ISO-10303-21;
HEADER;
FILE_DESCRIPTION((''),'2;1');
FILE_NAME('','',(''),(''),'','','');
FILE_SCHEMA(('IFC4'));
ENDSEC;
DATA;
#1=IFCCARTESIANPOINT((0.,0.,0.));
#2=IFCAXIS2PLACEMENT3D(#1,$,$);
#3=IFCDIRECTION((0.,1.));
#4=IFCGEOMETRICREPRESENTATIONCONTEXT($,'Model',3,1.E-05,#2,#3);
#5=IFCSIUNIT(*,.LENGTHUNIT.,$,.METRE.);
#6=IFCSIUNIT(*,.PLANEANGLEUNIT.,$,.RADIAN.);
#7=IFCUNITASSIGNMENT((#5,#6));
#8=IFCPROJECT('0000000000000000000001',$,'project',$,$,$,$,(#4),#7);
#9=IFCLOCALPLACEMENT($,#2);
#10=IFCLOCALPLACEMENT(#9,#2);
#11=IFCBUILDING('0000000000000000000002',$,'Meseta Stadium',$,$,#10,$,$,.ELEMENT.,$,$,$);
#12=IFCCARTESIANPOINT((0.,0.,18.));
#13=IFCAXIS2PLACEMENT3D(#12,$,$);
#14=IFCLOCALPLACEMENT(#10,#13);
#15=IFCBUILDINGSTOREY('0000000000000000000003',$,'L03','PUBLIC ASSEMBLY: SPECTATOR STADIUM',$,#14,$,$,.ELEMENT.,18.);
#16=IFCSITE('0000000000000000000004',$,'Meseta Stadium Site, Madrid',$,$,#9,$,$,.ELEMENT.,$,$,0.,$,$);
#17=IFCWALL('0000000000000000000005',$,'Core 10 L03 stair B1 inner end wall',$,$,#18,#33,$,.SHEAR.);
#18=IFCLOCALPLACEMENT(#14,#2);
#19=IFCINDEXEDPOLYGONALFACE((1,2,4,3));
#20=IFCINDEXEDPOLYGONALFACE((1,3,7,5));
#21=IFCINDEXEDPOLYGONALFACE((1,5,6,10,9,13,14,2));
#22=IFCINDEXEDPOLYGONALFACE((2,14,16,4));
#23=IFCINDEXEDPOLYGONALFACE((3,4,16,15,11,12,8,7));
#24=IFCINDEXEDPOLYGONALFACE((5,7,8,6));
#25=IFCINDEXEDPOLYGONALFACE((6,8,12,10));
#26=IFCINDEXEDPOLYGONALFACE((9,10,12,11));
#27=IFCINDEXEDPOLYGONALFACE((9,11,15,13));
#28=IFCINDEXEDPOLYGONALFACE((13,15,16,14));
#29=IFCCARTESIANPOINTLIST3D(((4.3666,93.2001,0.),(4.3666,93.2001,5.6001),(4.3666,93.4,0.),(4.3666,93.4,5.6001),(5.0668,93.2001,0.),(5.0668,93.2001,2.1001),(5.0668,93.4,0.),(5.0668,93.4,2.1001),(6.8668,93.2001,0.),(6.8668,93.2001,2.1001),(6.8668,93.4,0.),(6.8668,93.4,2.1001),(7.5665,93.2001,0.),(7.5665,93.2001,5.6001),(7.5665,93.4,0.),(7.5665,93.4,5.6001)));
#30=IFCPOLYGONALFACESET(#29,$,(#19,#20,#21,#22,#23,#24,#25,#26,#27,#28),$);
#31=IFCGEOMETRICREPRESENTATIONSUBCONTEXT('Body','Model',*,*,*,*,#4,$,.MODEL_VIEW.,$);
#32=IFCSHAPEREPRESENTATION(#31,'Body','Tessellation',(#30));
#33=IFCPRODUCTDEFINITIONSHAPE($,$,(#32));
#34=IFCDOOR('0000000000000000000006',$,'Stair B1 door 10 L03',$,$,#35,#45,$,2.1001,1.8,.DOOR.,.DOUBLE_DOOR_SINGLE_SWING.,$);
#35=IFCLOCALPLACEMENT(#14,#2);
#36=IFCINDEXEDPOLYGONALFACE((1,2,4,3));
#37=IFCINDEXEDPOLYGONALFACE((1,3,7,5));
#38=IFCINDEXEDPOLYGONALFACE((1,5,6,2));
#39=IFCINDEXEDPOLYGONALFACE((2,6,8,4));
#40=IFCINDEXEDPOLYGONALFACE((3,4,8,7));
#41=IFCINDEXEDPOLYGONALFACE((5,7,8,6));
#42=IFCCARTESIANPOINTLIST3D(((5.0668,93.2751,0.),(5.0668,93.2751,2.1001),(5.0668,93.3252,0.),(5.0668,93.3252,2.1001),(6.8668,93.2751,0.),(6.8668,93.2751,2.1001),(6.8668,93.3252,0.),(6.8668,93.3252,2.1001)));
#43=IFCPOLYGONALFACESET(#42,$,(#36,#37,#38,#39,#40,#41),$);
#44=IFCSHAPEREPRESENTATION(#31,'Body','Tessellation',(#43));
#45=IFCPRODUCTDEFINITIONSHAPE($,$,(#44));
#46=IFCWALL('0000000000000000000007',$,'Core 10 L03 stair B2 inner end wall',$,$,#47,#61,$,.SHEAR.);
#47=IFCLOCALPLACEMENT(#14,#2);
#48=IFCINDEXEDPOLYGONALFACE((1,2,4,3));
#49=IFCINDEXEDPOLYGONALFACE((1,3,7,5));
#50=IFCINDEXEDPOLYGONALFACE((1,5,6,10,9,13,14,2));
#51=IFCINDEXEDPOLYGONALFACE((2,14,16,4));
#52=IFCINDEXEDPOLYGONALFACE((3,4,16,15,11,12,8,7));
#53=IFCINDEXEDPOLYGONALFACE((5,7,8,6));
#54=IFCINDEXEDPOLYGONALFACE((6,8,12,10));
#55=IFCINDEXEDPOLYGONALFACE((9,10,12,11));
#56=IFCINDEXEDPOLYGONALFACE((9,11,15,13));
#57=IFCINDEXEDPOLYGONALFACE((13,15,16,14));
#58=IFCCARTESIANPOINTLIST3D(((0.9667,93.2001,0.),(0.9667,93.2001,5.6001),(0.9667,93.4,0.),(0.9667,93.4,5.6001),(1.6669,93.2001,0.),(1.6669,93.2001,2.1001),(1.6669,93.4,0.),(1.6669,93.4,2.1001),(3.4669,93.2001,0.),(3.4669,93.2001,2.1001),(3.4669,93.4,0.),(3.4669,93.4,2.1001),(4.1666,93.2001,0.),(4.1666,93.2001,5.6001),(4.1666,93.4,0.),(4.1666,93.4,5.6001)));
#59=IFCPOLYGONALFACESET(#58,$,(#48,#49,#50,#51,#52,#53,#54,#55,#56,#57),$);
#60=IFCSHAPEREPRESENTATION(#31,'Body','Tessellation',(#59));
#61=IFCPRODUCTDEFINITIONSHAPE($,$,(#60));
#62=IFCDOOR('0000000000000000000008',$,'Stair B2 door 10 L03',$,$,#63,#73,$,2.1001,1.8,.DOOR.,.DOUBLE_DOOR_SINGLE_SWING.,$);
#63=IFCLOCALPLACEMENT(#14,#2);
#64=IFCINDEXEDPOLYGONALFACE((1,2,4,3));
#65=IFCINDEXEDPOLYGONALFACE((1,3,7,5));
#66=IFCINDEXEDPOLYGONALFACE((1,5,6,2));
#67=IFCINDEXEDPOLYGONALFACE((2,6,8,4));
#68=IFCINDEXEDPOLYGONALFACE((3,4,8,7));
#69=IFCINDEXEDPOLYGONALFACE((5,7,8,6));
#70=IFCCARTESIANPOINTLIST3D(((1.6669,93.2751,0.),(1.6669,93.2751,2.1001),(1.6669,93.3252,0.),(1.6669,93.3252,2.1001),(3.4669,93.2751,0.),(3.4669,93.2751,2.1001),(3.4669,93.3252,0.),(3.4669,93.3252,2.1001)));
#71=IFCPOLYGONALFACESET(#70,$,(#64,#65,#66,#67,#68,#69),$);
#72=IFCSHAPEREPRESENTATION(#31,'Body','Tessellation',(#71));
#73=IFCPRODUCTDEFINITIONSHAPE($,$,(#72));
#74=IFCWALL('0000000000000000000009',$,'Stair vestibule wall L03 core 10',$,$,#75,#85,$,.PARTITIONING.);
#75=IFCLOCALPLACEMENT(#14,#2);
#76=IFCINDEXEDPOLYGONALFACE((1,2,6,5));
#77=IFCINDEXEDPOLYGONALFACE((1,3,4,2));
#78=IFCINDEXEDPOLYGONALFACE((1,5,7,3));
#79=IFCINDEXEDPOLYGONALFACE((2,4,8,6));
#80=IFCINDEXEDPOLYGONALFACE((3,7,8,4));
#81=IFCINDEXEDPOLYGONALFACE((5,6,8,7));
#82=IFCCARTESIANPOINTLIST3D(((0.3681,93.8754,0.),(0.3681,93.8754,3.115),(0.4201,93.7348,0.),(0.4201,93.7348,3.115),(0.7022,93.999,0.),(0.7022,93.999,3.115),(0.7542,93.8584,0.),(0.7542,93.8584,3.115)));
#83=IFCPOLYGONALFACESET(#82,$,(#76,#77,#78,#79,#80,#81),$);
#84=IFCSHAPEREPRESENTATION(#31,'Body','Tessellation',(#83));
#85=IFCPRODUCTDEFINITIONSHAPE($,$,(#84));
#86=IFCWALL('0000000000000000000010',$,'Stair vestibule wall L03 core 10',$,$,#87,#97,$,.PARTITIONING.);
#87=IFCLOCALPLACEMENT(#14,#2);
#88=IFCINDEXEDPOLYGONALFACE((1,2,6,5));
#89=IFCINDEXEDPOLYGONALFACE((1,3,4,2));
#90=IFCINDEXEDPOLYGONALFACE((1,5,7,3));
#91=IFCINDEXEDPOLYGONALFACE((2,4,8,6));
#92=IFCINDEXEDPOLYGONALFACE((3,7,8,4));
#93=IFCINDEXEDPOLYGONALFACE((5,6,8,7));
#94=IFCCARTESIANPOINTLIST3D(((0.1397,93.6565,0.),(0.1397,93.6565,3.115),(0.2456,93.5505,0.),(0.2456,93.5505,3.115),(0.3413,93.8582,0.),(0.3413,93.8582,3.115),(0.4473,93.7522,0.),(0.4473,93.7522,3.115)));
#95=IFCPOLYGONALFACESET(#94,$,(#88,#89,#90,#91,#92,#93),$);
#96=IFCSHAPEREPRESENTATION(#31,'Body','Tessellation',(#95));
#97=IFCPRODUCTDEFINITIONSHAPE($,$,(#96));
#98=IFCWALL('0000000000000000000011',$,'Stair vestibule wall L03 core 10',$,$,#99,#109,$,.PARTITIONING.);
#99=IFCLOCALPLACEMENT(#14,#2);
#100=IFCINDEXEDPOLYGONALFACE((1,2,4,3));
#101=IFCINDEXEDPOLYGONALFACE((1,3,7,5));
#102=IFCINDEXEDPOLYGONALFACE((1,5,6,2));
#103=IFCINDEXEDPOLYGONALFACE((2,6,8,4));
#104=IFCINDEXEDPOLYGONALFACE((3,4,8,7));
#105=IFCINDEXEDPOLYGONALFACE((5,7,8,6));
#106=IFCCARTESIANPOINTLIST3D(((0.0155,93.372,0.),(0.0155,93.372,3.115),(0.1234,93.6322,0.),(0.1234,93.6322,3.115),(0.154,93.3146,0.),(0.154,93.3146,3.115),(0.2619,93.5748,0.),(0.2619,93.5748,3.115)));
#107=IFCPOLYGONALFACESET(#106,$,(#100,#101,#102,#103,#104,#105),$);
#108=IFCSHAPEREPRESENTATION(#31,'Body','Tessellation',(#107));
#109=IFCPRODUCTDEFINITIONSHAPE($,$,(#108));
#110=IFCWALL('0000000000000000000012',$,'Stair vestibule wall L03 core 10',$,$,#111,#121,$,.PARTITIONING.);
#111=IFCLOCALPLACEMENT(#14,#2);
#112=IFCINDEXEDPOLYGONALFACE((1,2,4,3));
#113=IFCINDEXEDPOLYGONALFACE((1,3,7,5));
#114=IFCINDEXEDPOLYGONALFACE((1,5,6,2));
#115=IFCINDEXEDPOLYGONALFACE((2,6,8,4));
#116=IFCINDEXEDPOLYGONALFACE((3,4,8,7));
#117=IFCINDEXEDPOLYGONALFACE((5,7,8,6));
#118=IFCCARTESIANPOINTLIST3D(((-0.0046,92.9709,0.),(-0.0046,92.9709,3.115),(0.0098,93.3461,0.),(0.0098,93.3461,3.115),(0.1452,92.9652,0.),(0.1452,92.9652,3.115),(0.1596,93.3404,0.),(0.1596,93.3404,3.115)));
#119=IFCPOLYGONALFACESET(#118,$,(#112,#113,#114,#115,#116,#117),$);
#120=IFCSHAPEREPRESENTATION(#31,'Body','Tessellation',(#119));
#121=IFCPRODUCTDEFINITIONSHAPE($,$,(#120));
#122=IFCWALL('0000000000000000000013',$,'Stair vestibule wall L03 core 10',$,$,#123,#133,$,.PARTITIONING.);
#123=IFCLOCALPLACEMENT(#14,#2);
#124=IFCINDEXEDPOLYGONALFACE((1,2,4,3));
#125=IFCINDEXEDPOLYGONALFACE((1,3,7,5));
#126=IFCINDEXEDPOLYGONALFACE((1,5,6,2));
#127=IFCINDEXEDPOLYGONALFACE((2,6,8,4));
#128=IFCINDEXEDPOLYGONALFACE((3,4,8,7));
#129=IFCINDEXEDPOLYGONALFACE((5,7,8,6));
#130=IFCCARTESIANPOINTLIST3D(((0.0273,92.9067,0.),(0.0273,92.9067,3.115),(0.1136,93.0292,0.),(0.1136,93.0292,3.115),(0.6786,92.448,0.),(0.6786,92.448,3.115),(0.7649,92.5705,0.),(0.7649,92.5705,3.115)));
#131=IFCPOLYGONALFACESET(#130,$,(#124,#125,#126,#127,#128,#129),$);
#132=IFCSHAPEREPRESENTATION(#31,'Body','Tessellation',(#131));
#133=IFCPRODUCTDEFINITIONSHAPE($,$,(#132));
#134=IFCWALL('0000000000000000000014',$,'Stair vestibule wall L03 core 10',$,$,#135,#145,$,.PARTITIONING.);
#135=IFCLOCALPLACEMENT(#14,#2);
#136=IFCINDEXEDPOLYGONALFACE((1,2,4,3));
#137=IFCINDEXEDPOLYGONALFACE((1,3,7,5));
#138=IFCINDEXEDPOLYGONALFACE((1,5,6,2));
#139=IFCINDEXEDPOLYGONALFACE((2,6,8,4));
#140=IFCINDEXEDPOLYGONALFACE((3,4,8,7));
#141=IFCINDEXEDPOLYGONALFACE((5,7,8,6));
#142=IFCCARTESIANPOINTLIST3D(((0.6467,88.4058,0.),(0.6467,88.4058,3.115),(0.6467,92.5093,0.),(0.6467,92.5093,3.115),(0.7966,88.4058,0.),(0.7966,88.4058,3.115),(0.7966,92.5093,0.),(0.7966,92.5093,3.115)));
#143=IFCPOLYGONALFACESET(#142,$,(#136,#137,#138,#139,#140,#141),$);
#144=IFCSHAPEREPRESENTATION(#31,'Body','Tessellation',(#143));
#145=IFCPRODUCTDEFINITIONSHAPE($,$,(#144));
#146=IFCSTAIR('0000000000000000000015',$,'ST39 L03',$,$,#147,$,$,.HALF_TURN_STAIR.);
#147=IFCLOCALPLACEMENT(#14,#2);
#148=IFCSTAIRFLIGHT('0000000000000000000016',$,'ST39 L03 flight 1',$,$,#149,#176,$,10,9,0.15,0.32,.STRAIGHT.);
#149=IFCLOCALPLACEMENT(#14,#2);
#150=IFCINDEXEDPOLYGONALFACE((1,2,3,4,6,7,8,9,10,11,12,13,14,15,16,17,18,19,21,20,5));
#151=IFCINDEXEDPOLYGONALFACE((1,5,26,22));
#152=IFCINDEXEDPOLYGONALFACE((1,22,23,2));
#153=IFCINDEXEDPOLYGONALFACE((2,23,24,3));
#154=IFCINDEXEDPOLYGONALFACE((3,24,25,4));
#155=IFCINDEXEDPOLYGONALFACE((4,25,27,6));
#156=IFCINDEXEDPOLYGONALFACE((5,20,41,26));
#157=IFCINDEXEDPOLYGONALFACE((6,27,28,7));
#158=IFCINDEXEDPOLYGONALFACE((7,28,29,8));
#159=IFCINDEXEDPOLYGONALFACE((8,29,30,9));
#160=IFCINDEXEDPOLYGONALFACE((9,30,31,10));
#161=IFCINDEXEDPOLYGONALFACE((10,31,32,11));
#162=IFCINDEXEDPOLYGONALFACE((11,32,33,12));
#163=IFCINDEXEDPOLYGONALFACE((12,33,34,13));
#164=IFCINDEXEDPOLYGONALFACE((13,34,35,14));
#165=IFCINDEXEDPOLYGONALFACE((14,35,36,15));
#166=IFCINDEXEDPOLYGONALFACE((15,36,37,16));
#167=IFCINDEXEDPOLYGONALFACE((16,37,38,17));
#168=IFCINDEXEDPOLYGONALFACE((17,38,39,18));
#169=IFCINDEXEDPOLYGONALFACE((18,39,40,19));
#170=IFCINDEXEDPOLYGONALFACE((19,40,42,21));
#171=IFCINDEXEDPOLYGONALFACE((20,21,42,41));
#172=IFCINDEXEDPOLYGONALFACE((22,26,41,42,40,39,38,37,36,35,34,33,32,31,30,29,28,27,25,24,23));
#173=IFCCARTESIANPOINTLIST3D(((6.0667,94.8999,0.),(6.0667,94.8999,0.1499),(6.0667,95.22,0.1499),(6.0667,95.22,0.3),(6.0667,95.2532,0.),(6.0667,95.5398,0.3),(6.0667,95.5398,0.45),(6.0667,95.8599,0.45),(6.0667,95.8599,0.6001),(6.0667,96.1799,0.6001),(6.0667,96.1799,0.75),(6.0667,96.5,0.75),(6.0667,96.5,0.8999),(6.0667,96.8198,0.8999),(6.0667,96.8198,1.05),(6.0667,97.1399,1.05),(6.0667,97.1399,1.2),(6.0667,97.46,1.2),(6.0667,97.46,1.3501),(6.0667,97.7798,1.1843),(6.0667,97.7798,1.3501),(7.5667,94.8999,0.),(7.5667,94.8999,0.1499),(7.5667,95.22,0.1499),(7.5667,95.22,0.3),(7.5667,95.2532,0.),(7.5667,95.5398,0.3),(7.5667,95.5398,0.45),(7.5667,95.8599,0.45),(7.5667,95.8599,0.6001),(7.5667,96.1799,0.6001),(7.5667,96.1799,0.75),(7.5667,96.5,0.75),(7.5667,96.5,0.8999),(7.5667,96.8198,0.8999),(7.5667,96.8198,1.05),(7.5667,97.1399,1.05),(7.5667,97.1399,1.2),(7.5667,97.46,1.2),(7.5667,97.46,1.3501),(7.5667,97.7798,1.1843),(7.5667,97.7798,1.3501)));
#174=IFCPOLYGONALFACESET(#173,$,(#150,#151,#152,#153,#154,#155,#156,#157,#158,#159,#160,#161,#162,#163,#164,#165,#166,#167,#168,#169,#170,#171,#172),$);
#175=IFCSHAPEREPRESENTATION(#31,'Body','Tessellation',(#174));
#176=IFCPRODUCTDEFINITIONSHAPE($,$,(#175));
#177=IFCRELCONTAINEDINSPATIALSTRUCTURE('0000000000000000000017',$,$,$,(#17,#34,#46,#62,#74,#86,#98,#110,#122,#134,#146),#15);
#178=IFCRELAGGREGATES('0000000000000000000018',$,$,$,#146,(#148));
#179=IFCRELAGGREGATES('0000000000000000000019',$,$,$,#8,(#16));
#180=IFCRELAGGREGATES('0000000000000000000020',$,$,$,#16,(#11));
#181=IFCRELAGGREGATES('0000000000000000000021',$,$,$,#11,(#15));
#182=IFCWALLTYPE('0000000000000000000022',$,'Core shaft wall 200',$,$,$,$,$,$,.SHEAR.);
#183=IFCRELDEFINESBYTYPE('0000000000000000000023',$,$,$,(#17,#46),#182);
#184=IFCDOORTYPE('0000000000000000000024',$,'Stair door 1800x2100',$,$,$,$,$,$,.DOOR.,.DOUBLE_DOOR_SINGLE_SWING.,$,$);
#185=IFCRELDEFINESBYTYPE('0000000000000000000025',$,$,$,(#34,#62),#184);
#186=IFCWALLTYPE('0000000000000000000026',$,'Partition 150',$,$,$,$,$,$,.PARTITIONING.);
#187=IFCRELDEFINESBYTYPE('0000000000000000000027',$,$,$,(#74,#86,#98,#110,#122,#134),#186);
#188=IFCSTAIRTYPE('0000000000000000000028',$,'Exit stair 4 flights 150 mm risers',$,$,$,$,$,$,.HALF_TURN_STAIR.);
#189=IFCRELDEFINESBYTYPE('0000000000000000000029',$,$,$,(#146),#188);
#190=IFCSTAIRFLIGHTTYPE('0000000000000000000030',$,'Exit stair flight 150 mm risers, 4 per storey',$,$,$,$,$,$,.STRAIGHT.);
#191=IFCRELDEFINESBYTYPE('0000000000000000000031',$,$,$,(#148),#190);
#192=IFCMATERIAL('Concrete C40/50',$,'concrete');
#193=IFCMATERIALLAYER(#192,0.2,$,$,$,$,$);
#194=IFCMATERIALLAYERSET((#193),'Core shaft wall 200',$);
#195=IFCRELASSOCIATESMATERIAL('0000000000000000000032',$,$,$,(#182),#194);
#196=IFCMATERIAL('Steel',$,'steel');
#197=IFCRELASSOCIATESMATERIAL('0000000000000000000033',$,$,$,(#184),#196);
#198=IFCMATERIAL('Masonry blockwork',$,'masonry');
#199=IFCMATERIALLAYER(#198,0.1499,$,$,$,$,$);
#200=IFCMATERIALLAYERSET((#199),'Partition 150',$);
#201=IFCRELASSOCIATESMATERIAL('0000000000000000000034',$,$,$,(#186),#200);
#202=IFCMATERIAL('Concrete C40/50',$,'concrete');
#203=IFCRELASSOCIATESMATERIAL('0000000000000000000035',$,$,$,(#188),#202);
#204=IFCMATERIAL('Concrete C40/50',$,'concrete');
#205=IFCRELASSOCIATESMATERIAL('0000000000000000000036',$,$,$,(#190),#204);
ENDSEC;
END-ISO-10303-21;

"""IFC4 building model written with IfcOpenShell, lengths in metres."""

from ifc_helpers import new_model, si_unit, direction, frame, frame_2d, origin, place, context, subcontext, project, spatial, polyline, rectangle, outline, extrude, material, layer, layer_set, type_object, element, fill, aggregate, save


model = new_model("IFC4")

# Units and contexts
model_context = context("Model", 3, precision=1e-05, world=origin(), true_north=direction((0.0, 1.0)))
body_context = subcontext(model_context, "Body", "Model", "MODEL_VIEW")
ifc_project = project(units=[si_unit("LENGTHUNIT", "METRE"), si_unit("PLANEANGLEUNIT", "RADIAN")], contexts=[model_context])

# Site, building, storey
site_placement = place(None, origin())
site = spatial("IfcSite", under=ifc_project, at=site_placement, Name="Meseta Stadium Site, Madrid", CompositionType="ELEMENT", RefElevation=0.0)
building_placement = place(site_placement, origin())
building = spatial("IfcBuilding", under=site, at=building_placement, Name="Meseta Stadium", CompositionType="ELEMENT")
storey_placement = place(building_placement, frame((0.0, 0.0, 18.0)))
storey = spatial("IfcBuildingStorey", under=building, at=storey_placement, Name="L03", Description="PUBLIC ASSEMBLY: SPECTATOR STADIUM", CompositionType="ELEMENT", Elevation=18.0)

# Walls, openings, doors
ifc_material_1 = material(Name="Concrete C40/50", Category="concrete")
ifc_layer_1 = layer(ifc_material_1, 0.2)
ifc_layer_set_1 = layer_set([ifc_layer_1], Name="Core shaft wall 200")
wall_type_1 = type_object("IfcWallType", Name="Core shaft wall 200", PredefinedType="SHEAR", material=ifc_layer_set_1)
wall_1_placement = place(storey_placement, frame((7.5667, 93.3, 0.0), z_axis=(0.0, 0.0, 1.0), x_axis=(-1.0, 0.0, 0.0)))
wall_1 = element("IfcWall", 1, at=wall_1_placement, inside=storey, type_object=wall_type_1, Name="Core 10 L03 stair B1 inner end wall", PredefinedType="SHEAR", context=body_context, shape_type="SweptSolid", body=[
    extrude(rectangle(XDim=3.2, YDim=0.2, at=frame_2d((1.6001, 0.0))), origin(), (0.0, 0.0, 1.0), 5.6001),
])
opening_1_placement = place(wall_1_placement, frame((0.7, 0.0, 0.0)))
opening_1 = element("IfcOpeningElement", 2, at=opening_1_placement, cuts=wall_1, PredefinedType="OPENING", context=body_context, shape_type="SweptSolid", body=[
    extrude(rectangle(XDim=1.8, YDim=2.1001, at=frame_2d((0.8999, 1.05))), frame((0.0, 0.1099, 0.0), z_axis=(0.0, -1.0, 0.0), x_axis=(1.0, 0.0, 0.0)), (0.0, 0.0, 1.0), 0.22),
])
ifc_material_2 = material(Name="Steel", Category="steel")
door_type = type_object("IfcDoorType", Name="Stair door 1800x2100", OperationType="DOUBLE_DOOR_SINGLE_SWING", PredefinedType="DOOR", material=ifc_material_2)
door_1_placement = place(opening_1_placement, origin())
door_1 = element("IfcDoor", 3, at=door_1_placement, inside=storey, type_object=door_type, Name="Stair B1 door 10 L03", OperationType="DOUBLE_DOOR_SINGLE_SWING", OverallHeight=2.1001, OverallWidth=1.8, PredefinedType="DOOR", context=body_context, shape_type="SweptSolid", body=[
    extrude(rectangle(XDim=1.8, YDim=2.1001, at=frame_2d((0.8999, 1.05))), frame((0.0, 0.0249, 0.0), z_axis=(0.0, -1.0, 0.0), x_axis=(1.0, 0.0, 0.0)), (0.0, 0.0, 1.0), 0.05),
])
fill(opening_1, door_1)
wall_2_placement = place(storey_placement, frame((4.1667, 93.3, 0.0), z_axis=(0.0, 0.0, 1.0), x_axis=(-1.0, 0.0, 0.0)))
wall_2 = element("IfcWall", 4, at=wall_2_placement, inside=storey, type_object=wall_type_1, Name="Core 10 L03 stair B2 inner end wall", PredefinedType="SHEAR", context=body_context, shape_type="SweptSolid", body=[
    extrude(rectangle(XDim=3.2, YDim=0.2, at=frame_2d((1.6001, 0.0))), origin(), (0.0, 0.0, 1.0), 5.6001),
])
opening_2_placement = place(wall_2_placement, frame((0.7, 0.0, 0.0)))
opening_2 = element("IfcOpeningElement", 5, at=opening_2_placement, cuts=wall_2, PredefinedType="OPENING", context=body_context, shape_type="SweptSolid", body=[
    extrude(rectangle(XDim=1.8, YDim=2.1001, at=frame_2d((0.8999, 1.05))), frame((0.0, 0.1099, 0.0), z_axis=(0.0, -1.0, 0.0), x_axis=(1.0, 0.0, 0.0)), (0.0, 0.0, 1.0), 0.22),
])
door_2_placement = place(opening_2_placement, origin())
door_2 = element("IfcDoor", 6, at=door_2_placement, inside=storey, type_object=door_type, Name="Stair B2 door 10 L03", OperationType="DOUBLE_DOOR_SINGLE_SWING", OverallHeight=2.1001, OverallWidth=1.8, PredefinedType="DOOR", context=body_context, shape_type="SweptSolid", body=[
    extrude(rectangle(XDim=1.8, YDim=2.1001, at=frame_2d((0.8999, 1.05))), frame((0.0, 0.0249, 0.0), z_axis=(0.0, -1.0, 0.0), x_axis=(1.0, 0.0, 0.0)), (0.0, 0.0, 1.0), 0.05),
])
fill(opening_2, door_2)

# Walls
ifc_material_3 = material(Name="Masonry blockwork", Category="masonry")
ifc_layer_2 = layer(ifc_material_3, 0.1499)
ifc_layer_set_2 = layer_set([ifc_layer_2], Name="Partition 150")
wall_type_2 = type_object("IfcWallType", Name="Partition 150", PredefinedType="PARTITIONING", material=ifc_layer_set_2)
wall_3_placement = place(storey_placement, frame((0.7283, 93.9287, 0.0), z_axis=(0.0, 0.0, 1.0), x_axis=(-0.937898, -0.346912, 0.0)))
element("IfcWall", 7, at=wall_3_placement, inside=storey, type_object=wall_type_2, Name="Stair vestibule wall L03 core 10", PredefinedType="PARTITIONING", context=body_context, shape_type="SweptSolid", body=[
    extrude(rectangle(XDim=0.3562, YDim=0.1499, at=frame_2d((0.1782, 0.0))), origin(), (0.0, 0.0, 1.0), 3.115),
])
wall_4_placement = place(storey_placement, frame((0.3943, 93.8052, 0.0), z_axis=(0.0, 0.0, 1.0), x_axis=(-0.707107, -0.707107, 0.0)))
element("IfcWall", 8, at=wall_4_placement, inside=storey, type_object=wall_type_2, Name="Stair vestibule wall L03 core 10", PredefinedType="PARTITIONING", context=body_context, shape_type="SweptSolid", body=[
    extrude(rectangle(XDim=0.2852, YDim=0.1499, at=frame_2d((0.1426, 0.0))), origin(), (0.0, 0.0, 1.0), 3.115),
])
wall_5_placement = place(storey_placement, frame((0.1926, 93.6035, 0.0), z_axis=(0.0, 0.0, 1.0), x_axis=(-0.383015, -0.923742, 0.0)))
element("IfcWall", 9, at=wall_5_placement, inside=storey, type_object=wall_type_2, Name="Stair vestibule wall L03 core 10", PredefinedType="PARTITIONING", context=body_context, shape_type="SweptSolid", body=[
    extrude(rectangle(XDim=0.2817, YDim=0.1499, at=frame_2d((0.1409, 0.0))), origin(), (0.0, 0.0, 1.0), 3.115),
])
wall_6_placement = place(storey_placement, frame((0.0847, 93.3433, 0.0), z_axis=(0.0, 0.0, 1.0), x_axis=(-0.038358, -0.999264, 0.0)))
element("IfcWall", 10, at=wall_6_placement, inside=storey, type_object=wall_type_2, Name="Stair vestibule wall L03 core 10", PredefinedType="PARTITIONING", context=body_context, shape_type="SweptSolid", body=[
    extrude(rectangle(XDim=0.3755, YDim=0.1499, at=frame_2d((0.1877, 0.0))), origin(), (0.0, 0.0, 1.0), 3.115),
])
wall_7_placement = place(storey_placement, frame((0.0703, 92.968, 0.0), z_axis=(0.0, 0.0, 1.0), x_axis=(0.817587, -0.575805, 0.0)))
element("IfcWall", 11, at=wall_7_placement, inside=storey, type_object=wall_type_2, Name="Stair vestibule wall L03 core 10", PredefinedType="PARTITIONING", context=body_context, shape_type="SweptSolid", body=[
    extrude(rectangle(XDim=0.7966, YDim=0.1499, at=frame_2d((0.3984, 0.0))), origin(), (0.0, 0.0, 1.0), 3.115),
])
wall_8_placement = place(storey_placement, frame((0.7217, 92.5093, 0.0), z_axis=(0.0, 0.0, 1.0), x_axis=(0.0, -1.0, 0.0)))
element("IfcWall", 12, at=wall_8_placement, inside=storey, type_object=wall_type_2, Name="Stair vestibule wall L03 core 10", PredefinedType="PARTITIONING", context=body_context, shape_type="SweptSolid", body=[
    extrude(rectangle(XDim=4.1035, YDim=0.1499, at=frame_2d((2.0518, 0.0))), origin(), (0.0, 0.0, 1.0), 3.115),
])

# Stair, stair flight
ifc_material_4 = material(Name="Concrete C40/50", Category="concrete")
stair_type = type_object("IfcStairType", Name="Exit stair 4 flights 150 mm risers", PredefinedType="HALF_TURN_STAIR", material=ifc_material_4)
stair_1_placement = place(storey_placement, origin())
stair_1 = element("IfcStair", 13, at=stair_1_placement, inside=storey, type_object=stair_type, Name="ST39 L03", PredefinedType="HALF_TURN_STAIR")
ifc_material_5 = material(Name="Concrete C40/50", Category="concrete")
stair_flight_type = type_object("IfcStairFlightType", Name="Exit stair flight 150 mm risers, 4 per storey", PredefinedType="STRAIGHT", material=ifc_material_5)
stair_flight_1_placement = place(storey_placement, frame((6.8167, 94.8999, 0.0), z_axis=(0.0, 0.0, 1.0), x_axis=(0.0, 1.0, 0.0)))
stair_flight_1 = element("IfcStairFlight", 14, at=stair_flight_1_placement, type_object=stair_flight_type, Name="ST39 L03 flight 1", NumberOfRisers=10, NumberOfTreads=9, PredefinedType="STRAIGHT", RiserHeight=0.15, TreadLength=0.32, context=body_context, shape_type="SweptSolid", body=[
    extrude(outline(polyline([(0.0, 0.0), (0.0, 0.1499), (0.3201, 0.1499), (0.3201, 0.3), (0.6399, 0.3), (0.6399, 0.45), (0.96, 0.45), (0.96, 0.6001), (1.28, 0.6001), (1.28, 0.75), (1.6001, 0.75), (1.6001, 0.8999), (1.9199, 0.8999), (1.9199, 1.05), (2.24, 1.05), (2.24, 1.2), (2.5601, 1.2), (2.5601, 1.3501), (2.8799, 1.3501), (2.8799, 1.1843), (0.3533, 0.0), (0.0, 0.0)])), frame((0.0, 0.75, 0.0), z_axis=(0.0, -1.0, 0.0), x_axis=(1.0, 0.0, 0.0)), (0.0, 0.0, 1.0), 1.5),
])
aggregate(stair_1, [stair_flight_1])

save(model, "model.ifc")
